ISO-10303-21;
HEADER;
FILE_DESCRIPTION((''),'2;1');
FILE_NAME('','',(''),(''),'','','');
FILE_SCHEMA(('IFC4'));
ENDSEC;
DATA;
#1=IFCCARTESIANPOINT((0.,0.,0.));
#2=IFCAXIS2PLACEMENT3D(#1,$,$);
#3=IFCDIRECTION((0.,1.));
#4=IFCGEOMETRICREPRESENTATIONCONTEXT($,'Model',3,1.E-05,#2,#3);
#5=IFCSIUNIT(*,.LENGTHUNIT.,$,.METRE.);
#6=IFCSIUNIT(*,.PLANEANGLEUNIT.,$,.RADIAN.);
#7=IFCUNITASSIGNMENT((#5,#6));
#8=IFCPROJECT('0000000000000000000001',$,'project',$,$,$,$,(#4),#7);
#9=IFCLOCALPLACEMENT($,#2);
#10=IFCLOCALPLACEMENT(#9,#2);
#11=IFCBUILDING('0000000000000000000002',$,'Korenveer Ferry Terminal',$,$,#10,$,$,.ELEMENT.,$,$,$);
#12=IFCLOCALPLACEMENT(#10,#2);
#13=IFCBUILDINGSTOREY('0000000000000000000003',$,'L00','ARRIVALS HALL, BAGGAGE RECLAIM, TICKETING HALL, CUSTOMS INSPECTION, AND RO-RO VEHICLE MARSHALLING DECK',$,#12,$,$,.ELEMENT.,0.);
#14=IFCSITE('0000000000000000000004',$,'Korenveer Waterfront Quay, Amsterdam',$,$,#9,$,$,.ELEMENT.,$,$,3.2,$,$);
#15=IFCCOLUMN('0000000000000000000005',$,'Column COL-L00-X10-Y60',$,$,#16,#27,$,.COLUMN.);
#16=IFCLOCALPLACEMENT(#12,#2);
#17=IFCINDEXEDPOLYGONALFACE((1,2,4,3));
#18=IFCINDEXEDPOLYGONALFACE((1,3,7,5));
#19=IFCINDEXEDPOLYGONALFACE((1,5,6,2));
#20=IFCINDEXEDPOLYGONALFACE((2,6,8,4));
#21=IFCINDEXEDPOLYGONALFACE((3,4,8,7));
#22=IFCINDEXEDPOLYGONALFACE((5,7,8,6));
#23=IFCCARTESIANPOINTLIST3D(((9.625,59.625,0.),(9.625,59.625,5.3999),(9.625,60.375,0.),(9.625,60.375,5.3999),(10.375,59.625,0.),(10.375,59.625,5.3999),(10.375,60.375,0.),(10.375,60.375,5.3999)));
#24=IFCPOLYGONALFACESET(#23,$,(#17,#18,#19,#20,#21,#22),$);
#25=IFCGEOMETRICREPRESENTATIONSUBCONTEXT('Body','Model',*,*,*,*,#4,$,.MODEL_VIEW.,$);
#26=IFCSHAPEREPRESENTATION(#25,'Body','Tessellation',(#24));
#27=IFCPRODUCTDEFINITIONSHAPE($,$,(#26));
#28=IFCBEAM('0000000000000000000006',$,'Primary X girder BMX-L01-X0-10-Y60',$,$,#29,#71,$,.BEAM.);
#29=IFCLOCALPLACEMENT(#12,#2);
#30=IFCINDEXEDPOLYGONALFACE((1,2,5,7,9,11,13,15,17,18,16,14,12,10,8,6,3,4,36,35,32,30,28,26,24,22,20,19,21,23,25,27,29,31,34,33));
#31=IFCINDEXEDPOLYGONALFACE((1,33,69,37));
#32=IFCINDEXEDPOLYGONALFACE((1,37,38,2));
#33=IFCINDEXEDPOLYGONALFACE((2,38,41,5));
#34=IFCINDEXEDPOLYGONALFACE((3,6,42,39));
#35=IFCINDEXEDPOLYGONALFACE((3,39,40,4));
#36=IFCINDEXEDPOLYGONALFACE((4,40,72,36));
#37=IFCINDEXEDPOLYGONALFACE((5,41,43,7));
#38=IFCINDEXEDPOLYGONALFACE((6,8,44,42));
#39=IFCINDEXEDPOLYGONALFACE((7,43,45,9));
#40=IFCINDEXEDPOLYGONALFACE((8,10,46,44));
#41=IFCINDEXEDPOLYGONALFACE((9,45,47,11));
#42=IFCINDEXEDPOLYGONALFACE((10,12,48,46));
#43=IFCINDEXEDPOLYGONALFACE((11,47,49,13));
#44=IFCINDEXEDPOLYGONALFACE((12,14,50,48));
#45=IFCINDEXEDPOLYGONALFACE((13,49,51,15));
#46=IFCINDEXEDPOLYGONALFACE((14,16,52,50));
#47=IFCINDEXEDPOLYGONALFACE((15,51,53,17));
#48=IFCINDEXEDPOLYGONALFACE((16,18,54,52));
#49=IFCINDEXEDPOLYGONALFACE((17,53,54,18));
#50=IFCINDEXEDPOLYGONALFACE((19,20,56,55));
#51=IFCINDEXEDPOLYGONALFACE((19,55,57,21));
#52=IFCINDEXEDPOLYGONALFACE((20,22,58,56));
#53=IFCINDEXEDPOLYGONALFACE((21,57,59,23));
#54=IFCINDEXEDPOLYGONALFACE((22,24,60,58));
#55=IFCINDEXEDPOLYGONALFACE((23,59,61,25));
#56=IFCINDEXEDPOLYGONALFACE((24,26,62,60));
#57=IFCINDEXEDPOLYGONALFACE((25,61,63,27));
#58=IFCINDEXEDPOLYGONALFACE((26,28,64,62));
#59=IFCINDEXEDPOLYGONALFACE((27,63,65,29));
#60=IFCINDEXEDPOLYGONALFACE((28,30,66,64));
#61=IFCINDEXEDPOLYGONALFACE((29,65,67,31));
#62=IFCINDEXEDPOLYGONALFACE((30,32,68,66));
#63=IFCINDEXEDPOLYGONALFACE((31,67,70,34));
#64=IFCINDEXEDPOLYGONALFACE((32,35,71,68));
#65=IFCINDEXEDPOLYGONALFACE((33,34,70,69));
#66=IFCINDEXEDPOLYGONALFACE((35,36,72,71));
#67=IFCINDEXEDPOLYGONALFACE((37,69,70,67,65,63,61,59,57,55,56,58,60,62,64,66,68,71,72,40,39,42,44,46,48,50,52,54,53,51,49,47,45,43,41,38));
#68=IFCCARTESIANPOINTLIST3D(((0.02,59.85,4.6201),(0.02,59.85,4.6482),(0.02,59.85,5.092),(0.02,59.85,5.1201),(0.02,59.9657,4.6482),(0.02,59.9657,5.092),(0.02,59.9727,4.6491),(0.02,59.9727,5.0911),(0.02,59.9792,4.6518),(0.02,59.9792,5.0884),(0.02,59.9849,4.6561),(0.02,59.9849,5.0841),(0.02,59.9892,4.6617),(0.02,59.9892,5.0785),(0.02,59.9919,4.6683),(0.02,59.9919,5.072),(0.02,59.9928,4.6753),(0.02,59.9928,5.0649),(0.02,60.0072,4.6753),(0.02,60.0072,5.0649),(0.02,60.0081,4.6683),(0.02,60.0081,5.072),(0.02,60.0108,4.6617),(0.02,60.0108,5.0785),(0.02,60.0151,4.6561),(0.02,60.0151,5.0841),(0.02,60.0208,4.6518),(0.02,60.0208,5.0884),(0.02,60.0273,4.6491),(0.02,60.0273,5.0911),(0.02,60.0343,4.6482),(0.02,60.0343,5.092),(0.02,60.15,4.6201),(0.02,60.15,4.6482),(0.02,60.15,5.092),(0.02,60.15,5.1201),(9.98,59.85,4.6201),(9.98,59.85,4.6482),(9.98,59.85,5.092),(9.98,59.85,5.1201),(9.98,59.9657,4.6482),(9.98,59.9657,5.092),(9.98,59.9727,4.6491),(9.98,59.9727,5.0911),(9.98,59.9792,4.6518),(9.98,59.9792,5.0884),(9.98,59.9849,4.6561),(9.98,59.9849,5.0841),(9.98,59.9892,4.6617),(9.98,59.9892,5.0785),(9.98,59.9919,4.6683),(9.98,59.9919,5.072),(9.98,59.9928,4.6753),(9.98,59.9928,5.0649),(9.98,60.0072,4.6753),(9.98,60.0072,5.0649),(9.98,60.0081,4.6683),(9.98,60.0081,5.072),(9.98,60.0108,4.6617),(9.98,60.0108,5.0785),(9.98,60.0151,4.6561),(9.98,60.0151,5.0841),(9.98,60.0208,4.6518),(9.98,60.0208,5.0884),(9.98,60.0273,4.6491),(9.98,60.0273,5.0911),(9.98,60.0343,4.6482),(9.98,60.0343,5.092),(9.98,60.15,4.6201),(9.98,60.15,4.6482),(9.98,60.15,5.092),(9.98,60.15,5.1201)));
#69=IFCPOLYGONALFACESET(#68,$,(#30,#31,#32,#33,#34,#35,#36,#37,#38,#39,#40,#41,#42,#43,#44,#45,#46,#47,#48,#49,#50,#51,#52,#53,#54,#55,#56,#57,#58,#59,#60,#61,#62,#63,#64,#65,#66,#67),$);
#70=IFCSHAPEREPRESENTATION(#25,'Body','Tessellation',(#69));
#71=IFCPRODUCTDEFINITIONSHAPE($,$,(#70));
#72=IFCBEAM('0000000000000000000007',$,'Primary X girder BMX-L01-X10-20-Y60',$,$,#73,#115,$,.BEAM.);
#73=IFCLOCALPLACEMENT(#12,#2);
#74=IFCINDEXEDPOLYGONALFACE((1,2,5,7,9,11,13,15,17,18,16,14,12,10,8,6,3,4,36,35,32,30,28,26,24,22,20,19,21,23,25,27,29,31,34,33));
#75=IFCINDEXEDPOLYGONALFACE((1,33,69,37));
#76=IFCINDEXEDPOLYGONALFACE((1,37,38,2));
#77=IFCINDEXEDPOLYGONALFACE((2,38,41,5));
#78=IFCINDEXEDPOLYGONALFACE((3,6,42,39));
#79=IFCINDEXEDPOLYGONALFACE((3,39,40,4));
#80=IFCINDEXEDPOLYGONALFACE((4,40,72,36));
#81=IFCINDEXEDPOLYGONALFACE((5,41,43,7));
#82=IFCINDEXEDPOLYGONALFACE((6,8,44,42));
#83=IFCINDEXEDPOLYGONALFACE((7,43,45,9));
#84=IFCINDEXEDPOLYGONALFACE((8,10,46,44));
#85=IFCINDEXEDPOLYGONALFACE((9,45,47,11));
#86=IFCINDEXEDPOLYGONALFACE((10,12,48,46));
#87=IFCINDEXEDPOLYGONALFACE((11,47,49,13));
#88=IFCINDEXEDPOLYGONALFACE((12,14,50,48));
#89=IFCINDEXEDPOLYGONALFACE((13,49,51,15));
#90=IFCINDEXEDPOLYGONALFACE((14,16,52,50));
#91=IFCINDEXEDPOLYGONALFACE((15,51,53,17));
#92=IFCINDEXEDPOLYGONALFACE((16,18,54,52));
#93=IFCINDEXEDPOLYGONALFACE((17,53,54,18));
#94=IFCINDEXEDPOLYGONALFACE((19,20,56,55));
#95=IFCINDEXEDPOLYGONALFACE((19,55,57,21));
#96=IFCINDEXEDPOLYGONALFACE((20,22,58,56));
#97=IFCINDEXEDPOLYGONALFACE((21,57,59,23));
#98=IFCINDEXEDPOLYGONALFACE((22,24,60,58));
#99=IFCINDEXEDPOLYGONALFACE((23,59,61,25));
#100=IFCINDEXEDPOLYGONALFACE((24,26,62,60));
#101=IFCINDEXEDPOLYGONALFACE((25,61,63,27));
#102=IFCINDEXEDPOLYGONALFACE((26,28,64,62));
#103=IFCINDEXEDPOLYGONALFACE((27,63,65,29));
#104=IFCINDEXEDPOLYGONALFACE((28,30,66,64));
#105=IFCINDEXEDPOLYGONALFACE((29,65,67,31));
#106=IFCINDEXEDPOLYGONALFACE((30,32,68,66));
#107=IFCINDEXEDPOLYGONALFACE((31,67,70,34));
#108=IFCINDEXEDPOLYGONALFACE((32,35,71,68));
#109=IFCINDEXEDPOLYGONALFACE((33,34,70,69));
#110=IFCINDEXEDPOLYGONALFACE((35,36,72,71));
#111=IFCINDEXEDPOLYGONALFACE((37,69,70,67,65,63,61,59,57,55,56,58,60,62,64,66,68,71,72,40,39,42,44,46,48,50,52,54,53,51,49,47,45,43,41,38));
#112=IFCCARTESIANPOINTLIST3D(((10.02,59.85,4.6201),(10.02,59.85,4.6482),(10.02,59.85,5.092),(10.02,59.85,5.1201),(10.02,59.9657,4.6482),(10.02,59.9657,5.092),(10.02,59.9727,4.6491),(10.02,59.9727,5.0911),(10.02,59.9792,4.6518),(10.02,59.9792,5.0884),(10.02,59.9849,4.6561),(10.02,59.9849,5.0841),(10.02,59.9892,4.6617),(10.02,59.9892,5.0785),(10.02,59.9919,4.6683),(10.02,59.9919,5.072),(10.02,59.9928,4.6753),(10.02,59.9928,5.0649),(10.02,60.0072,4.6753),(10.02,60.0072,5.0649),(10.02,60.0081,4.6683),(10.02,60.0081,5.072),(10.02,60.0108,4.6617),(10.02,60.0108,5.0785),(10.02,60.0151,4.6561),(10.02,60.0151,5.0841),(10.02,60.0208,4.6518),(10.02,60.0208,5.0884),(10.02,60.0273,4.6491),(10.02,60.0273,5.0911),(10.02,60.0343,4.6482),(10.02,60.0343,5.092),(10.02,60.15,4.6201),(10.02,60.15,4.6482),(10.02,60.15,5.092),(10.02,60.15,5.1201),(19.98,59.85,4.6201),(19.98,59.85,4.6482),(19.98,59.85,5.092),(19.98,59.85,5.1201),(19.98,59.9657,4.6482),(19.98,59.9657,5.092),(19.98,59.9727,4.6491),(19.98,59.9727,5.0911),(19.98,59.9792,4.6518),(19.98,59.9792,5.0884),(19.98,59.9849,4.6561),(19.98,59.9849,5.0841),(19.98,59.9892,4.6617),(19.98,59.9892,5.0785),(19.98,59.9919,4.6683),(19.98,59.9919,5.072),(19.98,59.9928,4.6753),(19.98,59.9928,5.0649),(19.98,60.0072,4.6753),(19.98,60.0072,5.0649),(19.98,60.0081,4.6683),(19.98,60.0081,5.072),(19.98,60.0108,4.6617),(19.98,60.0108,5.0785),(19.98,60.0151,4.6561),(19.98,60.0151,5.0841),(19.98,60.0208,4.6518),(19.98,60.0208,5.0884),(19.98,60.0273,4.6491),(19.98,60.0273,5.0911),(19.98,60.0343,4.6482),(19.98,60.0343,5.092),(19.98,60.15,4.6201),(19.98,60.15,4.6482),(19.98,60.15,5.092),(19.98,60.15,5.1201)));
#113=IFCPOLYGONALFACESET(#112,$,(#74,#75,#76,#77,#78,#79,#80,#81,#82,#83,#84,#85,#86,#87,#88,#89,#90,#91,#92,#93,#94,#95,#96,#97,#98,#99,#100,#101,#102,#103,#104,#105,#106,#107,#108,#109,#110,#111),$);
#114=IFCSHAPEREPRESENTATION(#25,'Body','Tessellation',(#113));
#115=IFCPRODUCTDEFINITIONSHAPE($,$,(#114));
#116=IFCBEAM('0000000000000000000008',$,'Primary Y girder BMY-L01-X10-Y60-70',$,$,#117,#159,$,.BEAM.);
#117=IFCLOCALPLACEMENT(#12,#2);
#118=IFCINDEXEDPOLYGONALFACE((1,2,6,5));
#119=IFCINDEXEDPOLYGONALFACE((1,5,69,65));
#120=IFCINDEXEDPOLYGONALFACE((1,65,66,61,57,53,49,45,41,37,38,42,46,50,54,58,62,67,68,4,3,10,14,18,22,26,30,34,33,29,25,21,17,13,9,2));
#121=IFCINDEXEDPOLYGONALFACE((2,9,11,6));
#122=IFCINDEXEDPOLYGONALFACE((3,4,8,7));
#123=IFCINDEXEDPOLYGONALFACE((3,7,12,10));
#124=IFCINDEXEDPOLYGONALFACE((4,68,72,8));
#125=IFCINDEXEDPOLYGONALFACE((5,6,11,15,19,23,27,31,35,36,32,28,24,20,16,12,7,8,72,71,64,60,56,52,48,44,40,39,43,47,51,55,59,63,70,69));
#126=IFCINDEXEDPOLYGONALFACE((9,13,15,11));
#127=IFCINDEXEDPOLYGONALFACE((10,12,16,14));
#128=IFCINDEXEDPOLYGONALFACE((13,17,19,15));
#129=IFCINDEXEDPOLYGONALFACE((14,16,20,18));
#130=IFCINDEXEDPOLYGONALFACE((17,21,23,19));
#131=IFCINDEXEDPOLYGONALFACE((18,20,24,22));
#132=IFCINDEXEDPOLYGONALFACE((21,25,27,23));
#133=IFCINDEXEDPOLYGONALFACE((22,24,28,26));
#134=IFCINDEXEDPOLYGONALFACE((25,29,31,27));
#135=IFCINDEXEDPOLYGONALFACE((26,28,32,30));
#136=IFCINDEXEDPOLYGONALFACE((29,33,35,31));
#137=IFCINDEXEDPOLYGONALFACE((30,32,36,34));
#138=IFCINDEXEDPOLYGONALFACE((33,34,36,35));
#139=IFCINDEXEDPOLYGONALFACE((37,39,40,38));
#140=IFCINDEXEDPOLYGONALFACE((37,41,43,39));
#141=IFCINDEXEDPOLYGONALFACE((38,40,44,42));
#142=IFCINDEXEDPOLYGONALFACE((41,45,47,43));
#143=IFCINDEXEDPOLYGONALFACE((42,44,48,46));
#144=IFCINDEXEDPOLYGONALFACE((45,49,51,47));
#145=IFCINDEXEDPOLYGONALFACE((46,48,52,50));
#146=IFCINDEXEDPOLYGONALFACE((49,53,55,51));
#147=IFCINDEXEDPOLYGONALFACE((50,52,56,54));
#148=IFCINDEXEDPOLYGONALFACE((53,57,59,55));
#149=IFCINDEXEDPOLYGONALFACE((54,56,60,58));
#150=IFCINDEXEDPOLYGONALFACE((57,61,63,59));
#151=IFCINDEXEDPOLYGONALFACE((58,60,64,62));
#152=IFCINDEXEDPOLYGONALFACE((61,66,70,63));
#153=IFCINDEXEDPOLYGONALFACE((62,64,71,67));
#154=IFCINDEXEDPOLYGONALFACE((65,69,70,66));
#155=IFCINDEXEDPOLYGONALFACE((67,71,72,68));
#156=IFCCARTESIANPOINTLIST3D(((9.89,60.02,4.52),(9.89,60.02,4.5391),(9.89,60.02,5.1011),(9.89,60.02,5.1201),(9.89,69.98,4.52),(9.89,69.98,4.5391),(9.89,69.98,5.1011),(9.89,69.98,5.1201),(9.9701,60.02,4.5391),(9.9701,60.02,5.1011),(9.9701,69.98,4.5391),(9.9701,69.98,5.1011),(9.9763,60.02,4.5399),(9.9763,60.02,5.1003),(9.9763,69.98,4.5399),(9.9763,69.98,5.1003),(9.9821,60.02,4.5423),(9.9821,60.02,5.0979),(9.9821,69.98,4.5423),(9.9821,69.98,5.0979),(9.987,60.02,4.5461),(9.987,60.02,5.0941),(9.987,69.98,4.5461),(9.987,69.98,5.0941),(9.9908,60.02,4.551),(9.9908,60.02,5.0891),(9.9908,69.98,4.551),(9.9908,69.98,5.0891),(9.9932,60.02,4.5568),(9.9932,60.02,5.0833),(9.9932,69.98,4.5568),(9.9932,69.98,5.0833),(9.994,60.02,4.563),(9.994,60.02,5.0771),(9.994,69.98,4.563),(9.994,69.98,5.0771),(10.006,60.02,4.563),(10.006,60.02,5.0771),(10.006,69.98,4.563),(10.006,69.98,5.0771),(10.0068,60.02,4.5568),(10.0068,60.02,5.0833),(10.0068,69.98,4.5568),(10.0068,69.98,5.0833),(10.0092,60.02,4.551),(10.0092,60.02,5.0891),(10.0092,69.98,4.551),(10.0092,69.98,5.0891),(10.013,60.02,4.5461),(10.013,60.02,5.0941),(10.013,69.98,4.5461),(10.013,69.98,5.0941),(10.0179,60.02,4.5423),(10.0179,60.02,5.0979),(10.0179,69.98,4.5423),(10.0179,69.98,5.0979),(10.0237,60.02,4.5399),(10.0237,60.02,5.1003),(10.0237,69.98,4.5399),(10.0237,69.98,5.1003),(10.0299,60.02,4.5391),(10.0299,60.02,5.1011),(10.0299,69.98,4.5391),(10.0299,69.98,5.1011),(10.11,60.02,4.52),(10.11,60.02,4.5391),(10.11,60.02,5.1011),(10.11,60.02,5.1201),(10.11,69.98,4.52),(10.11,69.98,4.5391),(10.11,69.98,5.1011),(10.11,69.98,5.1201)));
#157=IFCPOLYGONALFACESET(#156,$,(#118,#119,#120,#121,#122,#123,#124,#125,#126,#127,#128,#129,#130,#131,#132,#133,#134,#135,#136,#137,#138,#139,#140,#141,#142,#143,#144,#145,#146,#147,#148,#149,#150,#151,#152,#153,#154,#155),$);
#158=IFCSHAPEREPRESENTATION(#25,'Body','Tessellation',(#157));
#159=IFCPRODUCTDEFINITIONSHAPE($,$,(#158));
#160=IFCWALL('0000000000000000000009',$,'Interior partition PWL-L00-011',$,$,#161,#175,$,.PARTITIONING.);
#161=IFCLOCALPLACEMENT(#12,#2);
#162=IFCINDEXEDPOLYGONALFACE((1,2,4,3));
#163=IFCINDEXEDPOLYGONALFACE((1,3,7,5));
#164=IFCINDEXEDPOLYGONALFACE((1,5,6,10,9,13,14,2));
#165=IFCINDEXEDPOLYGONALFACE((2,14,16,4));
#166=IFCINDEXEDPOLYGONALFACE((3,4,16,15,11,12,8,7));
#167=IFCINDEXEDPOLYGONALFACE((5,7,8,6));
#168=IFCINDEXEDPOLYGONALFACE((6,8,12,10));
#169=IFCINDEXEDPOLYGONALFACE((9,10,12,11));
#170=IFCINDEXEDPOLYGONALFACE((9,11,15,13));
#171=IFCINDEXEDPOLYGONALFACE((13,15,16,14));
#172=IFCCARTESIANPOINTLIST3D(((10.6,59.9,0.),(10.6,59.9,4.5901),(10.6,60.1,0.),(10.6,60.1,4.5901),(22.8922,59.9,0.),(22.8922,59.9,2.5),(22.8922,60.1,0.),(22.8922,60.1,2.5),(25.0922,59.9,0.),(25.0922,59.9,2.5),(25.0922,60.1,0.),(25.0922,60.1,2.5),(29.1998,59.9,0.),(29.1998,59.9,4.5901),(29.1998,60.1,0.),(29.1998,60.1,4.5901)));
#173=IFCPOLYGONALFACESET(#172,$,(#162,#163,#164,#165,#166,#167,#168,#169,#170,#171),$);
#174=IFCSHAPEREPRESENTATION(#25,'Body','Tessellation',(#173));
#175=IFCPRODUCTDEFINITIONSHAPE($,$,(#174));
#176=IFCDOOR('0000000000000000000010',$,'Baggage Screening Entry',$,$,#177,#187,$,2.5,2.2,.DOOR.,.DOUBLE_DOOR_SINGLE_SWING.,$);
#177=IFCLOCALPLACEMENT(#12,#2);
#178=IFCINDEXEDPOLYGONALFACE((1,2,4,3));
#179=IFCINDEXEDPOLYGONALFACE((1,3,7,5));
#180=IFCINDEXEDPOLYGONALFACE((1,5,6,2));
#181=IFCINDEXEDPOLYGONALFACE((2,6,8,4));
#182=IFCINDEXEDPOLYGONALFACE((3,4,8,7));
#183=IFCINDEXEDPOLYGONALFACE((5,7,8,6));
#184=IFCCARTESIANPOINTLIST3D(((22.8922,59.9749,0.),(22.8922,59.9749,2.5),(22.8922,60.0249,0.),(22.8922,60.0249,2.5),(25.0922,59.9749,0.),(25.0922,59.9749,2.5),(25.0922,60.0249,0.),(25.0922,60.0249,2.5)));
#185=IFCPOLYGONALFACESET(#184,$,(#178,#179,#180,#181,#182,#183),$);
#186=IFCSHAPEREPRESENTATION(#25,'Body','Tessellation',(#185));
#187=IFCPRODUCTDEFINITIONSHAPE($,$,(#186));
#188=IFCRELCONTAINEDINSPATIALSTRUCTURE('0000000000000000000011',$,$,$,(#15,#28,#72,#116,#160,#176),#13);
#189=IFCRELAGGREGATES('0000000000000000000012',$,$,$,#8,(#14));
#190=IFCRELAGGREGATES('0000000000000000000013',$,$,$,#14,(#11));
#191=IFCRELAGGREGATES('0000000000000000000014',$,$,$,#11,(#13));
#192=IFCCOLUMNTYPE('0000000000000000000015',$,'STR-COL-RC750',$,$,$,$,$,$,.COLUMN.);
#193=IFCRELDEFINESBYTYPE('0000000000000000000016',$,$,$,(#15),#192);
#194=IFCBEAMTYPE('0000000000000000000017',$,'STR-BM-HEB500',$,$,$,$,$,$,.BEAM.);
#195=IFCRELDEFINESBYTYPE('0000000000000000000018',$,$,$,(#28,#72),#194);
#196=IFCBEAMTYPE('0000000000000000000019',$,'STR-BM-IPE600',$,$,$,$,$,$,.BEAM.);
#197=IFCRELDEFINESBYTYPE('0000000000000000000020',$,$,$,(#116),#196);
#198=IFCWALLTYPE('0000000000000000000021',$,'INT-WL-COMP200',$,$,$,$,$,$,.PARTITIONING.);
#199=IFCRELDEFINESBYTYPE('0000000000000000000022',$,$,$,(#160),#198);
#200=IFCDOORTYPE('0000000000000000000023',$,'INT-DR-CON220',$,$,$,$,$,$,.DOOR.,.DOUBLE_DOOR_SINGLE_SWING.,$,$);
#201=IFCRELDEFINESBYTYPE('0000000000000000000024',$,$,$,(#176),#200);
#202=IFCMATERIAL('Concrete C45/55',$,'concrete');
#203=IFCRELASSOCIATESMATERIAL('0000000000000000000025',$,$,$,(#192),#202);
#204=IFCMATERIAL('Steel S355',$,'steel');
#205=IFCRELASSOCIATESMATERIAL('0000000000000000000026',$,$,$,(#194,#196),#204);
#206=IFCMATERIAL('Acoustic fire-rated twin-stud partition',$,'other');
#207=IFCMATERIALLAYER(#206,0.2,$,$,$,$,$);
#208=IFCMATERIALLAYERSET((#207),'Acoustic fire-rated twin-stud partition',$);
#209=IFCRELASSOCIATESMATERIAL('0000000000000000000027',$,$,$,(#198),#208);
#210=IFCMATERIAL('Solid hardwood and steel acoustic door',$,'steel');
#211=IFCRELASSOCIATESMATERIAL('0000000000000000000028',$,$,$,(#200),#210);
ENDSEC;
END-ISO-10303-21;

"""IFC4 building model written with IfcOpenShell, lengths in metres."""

from ifc_helpers import new_model, si_unit, direction, frame, frame_2d, origin, origin_2d, place, context, subcontext, project, spatial, rectangle, i_section, extrude, material, layer, layer_set, material_profile, profile_set, type_object, element, fill, save


model = new_model("IFC4")

# Units and contexts
model_context = context("Model", 3, precision=1e-05, world=origin(), true_north=direction((0.0, 1.0)))
body_context = subcontext(model_context, "Body", "Model", "MODEL_VIEW")
ifc_project = project(units=[si_unit("LENGTHUNIT", "METRE"), si_unit("PLANEANGLEUNIT", "RADIAN")], contexts=[model_context])

# Site, building, storey
site_placement = place(None, origin())
site = spatial("IfcSite", under=ifc_project, at=site_placement, Name="Korenveer Waterfront Quay, Amsterdam", CompositionType="ELEMENT", RefElevation=3.2)
building_placement = place(site_placement, origin())
building = spatial("IfcBuilding", under=site, at=building_placement, Name="Korenveer Ferry Terminal", CompositionType="ELEMENT")
storey_placement = place(building_placement, origin())
storey = spatial("IfcBuildingStorey", under=building, at=storey_placement, Name="L00", Description="ARRIVALS HALL, BAGGAGE RECLAIM, TICKETING HALL, CUSTOMS INSPECTION, AND RO-RO VEHICLE MARSHALLING DECK", CompositionType="ELEMENT", Elevation=0.0)

# Shared definitions
ifc_material_1 = material(Name="Concrete C45/55", Category="concrete")

# Column
ifc_material_profile_1 = material_profile(ifc_material_1, rectangle(XDim=0.75, YDim=0.75, at=origin_2d()), Name="RC 750x750")
ifc_profile_set_1 = profile_set([ifc_material_profile_1], Name="Concrete C45/55")
column_type = type_object("IfcColumnType", Name="STR-COL-RC750", PredefinedType="COLUMN", material=ifc_profile_set_1)
column_placement = place(storey_placement, frame((10.0, 60.0, 0.0), z_axis=(0.0, 0.0, 1.0), x_axis=(1.0, 0.0, 0.0)))
element("IfcColumn", 1, at=column_placement, inside=storey, type_object=column_type, Name="Column COL-L00-X10-Y60", PredefinedType="COLUMN", context=body_context, shape_type="SweptSolid", body=[
    extrude(rectangle(XDim=0.75, YDim=0.75, at=origin_2d()), origin(), (0.0, 0.0, 1.0), 5.3999),
])

# Beams
ifc_material_2 = material(Name="Steel S355", Category="steel")
ifc_material_profile_2 = material_profile(ifc_material_2, i_section(OverallWidth=0.3, OverallDepth=0.5, WebThickness=0.0144, FlangeThickness=0.0281, FilletRadius=0.0271, at=origin_2d()), Name="HEB 500")
ifc_profile_set_2 = profile_set([ifc_material_profile_2], Name="Steel S355")
beam_type_1 = type_object("IfcBeamType", Name="STR-BM-HEB500", PredefinedType="BEAM", material=ifc_profile_set_2)
for number, where, z_axis, x_axis, name in (
    (2, (0.02, 60.0, 4.8701), (1.0, 0.0, 0.0), (0.0, 1.0, 0.0), "Primary X girder BMX-L01-X0-10-Y60"),
    (3, (10.02, 60.0, 4.8701), (1.0, 0.0, 0.0), (0.0, 1.0, 0.0), "Primary X girder BMX-L01-X10-20-Y60"),
):
    element("IfcBeam", number, at=place(storey_placement, frame(where, z_axis=z_axis, x_axis=x_axis)), inside=storey, type_object=beam_type_1, Name=name, PredefinedType="BEAM", context=body_context, shape_type="SweptSolid", body=[
        extrude(i_section(OverallWidth=0.3, OverallDepth=0.5, WebThickness=0.0144, FlangeThickness=0.0281, FilletRadius=0.0271, at=origin_2d()), origin(), (0.0, 0.0, 1.0), 9.96),
    ])
ifc_material_profile_3 = material_profile(ifc_material_2, i_section(OverallWidth=0.22, OverallDepth=0.6001, WebThickness=0.012, FlangeThickness=0.019, FilletRadius=0.0239, at=origin_2d()), Name="IPE 600")
ifc_profile_set_3 = profile_set([ifc_material_profile_3], Name="Steel S355")
beam_type_2 = type_object("IfcBeamType", Name="STR-BM-IPE600", PredefinedType="BEAM", material=ifc_profile_set_3)
beam_placement = place(storey_placement, frame((10.0, 60.02, 4.8201), z_axis=(0.0, 1.0, 0.0), x_axis=(-1.0, 0.0, 0.0)))
element("IfcBeam", 4, at=beam_placement, inside=storey, type_object=beam_type_2, Name="Primary Y girder BMY-L01-X10-Y60-70", PredefinedType="BEAM", context=body_context, shape_type="SweptSolid", body=[
    extrude(i_section(OverallWidth=0.22, OverallDepth=0.6001, WebThickness=0.012, FlangeThickness=0.019, FilletRadius=0.0239, at=origin_2d()), origin(), (0.0, 0.0, 1.0), 9.96),
])

# Wall, opening, door
ifc_material_3 = material(Name="Acoustic fire-rated twin-stud partition", Category="other")
ifc_layer_1 = layer(ifc_material_3, 0.2)
ifc_layer_set_1 = layer_set([ifc_layer_1], Name="Acoustic fire-rated twin-stud partition")
wall_type_1 = type_object("IfcWallType", Name="INT-WL-COMP200", PredefinedType="PARTITIONING", material=ifc_layer_set_1)
wall_1_placement = place(storey_placement, frame((10.6001, 60.0, 0.0), z_axis=(0.0, 0.0, 1.0), x_axis=(1.0, 0.0, 0.0)))
wall_1 = element("IfcWall", 5, at=wall_1_placement, inside=storey, type_object=wall_type_1, Name="Interior partition PWL-L00-011", PredefinedType="PARTITIONING", context=body_context, shape_type="SweptSolid", body=[
    extrude(rectangle(XDim=18.5999, YDim=0.2, at=frame_2d((9.2998, 0.0))), origin(), (0.0, 0.0, 1.0), 4.5901),
])
opening_1_placement = place(wall_1_placement, frame((12.292, 0.0, 0.0)))
opening_1 = element("IfcOpeningElement", 6, at=opening_1_placement, cuts=wall_1, PredefinedType="OPENING", context=body_context, shape_type="SweptSolid", body=[
    extrude(rectangle(XDim=2.2, YDim=2.5, at=frame_2d((1.1001, 1.25))), frame((0.0, 0.1099, 0.0), z_axis=(0.0, -1.0, 0.0), x_axis=(1.0, 0.0, 0.0)), (0.0, 0.0, 1.0), 0.22),
])
ifc_material_4 = material(Name="Solid hardwood and steel acoustic door", Category="steel")
door_type_1 = type_object("IfcDoorType", Name="INT-DR-CON220", OperationType="DOUBLE_DOOR_SINGLE_SWING", PredefinedType="DOOR", material=ifc_material_4)
door_1_placement = place(opening_1_placement, origin())
door_1 = element("IfcDoor", 7, at=door_1_placement, inside=storey, type_object=door_type_1, Name="Baggage Screening Entry", OperationType="DOUBLE_DOOR_SINGLE_SWING", OverallHeight=2.5, OverallWidth=2.2, PredefinedType="DOOR", context=body_context, shape_type="SweptSolid", body=[
    extrude(rectangle(XDim=2.2, YDim=2.5, at=frame_2d((1.1001, 1.25))), frame((0.0, 0.0249, 0.0), z_axis=(0.0, -1.0, 0.0), x_axis=(1.0, 0.0, 0.0)), (0.0, 0.0, 1.0), 0.05),
])
fill(opening_1, door_1)

save(model, "model.ifc")
